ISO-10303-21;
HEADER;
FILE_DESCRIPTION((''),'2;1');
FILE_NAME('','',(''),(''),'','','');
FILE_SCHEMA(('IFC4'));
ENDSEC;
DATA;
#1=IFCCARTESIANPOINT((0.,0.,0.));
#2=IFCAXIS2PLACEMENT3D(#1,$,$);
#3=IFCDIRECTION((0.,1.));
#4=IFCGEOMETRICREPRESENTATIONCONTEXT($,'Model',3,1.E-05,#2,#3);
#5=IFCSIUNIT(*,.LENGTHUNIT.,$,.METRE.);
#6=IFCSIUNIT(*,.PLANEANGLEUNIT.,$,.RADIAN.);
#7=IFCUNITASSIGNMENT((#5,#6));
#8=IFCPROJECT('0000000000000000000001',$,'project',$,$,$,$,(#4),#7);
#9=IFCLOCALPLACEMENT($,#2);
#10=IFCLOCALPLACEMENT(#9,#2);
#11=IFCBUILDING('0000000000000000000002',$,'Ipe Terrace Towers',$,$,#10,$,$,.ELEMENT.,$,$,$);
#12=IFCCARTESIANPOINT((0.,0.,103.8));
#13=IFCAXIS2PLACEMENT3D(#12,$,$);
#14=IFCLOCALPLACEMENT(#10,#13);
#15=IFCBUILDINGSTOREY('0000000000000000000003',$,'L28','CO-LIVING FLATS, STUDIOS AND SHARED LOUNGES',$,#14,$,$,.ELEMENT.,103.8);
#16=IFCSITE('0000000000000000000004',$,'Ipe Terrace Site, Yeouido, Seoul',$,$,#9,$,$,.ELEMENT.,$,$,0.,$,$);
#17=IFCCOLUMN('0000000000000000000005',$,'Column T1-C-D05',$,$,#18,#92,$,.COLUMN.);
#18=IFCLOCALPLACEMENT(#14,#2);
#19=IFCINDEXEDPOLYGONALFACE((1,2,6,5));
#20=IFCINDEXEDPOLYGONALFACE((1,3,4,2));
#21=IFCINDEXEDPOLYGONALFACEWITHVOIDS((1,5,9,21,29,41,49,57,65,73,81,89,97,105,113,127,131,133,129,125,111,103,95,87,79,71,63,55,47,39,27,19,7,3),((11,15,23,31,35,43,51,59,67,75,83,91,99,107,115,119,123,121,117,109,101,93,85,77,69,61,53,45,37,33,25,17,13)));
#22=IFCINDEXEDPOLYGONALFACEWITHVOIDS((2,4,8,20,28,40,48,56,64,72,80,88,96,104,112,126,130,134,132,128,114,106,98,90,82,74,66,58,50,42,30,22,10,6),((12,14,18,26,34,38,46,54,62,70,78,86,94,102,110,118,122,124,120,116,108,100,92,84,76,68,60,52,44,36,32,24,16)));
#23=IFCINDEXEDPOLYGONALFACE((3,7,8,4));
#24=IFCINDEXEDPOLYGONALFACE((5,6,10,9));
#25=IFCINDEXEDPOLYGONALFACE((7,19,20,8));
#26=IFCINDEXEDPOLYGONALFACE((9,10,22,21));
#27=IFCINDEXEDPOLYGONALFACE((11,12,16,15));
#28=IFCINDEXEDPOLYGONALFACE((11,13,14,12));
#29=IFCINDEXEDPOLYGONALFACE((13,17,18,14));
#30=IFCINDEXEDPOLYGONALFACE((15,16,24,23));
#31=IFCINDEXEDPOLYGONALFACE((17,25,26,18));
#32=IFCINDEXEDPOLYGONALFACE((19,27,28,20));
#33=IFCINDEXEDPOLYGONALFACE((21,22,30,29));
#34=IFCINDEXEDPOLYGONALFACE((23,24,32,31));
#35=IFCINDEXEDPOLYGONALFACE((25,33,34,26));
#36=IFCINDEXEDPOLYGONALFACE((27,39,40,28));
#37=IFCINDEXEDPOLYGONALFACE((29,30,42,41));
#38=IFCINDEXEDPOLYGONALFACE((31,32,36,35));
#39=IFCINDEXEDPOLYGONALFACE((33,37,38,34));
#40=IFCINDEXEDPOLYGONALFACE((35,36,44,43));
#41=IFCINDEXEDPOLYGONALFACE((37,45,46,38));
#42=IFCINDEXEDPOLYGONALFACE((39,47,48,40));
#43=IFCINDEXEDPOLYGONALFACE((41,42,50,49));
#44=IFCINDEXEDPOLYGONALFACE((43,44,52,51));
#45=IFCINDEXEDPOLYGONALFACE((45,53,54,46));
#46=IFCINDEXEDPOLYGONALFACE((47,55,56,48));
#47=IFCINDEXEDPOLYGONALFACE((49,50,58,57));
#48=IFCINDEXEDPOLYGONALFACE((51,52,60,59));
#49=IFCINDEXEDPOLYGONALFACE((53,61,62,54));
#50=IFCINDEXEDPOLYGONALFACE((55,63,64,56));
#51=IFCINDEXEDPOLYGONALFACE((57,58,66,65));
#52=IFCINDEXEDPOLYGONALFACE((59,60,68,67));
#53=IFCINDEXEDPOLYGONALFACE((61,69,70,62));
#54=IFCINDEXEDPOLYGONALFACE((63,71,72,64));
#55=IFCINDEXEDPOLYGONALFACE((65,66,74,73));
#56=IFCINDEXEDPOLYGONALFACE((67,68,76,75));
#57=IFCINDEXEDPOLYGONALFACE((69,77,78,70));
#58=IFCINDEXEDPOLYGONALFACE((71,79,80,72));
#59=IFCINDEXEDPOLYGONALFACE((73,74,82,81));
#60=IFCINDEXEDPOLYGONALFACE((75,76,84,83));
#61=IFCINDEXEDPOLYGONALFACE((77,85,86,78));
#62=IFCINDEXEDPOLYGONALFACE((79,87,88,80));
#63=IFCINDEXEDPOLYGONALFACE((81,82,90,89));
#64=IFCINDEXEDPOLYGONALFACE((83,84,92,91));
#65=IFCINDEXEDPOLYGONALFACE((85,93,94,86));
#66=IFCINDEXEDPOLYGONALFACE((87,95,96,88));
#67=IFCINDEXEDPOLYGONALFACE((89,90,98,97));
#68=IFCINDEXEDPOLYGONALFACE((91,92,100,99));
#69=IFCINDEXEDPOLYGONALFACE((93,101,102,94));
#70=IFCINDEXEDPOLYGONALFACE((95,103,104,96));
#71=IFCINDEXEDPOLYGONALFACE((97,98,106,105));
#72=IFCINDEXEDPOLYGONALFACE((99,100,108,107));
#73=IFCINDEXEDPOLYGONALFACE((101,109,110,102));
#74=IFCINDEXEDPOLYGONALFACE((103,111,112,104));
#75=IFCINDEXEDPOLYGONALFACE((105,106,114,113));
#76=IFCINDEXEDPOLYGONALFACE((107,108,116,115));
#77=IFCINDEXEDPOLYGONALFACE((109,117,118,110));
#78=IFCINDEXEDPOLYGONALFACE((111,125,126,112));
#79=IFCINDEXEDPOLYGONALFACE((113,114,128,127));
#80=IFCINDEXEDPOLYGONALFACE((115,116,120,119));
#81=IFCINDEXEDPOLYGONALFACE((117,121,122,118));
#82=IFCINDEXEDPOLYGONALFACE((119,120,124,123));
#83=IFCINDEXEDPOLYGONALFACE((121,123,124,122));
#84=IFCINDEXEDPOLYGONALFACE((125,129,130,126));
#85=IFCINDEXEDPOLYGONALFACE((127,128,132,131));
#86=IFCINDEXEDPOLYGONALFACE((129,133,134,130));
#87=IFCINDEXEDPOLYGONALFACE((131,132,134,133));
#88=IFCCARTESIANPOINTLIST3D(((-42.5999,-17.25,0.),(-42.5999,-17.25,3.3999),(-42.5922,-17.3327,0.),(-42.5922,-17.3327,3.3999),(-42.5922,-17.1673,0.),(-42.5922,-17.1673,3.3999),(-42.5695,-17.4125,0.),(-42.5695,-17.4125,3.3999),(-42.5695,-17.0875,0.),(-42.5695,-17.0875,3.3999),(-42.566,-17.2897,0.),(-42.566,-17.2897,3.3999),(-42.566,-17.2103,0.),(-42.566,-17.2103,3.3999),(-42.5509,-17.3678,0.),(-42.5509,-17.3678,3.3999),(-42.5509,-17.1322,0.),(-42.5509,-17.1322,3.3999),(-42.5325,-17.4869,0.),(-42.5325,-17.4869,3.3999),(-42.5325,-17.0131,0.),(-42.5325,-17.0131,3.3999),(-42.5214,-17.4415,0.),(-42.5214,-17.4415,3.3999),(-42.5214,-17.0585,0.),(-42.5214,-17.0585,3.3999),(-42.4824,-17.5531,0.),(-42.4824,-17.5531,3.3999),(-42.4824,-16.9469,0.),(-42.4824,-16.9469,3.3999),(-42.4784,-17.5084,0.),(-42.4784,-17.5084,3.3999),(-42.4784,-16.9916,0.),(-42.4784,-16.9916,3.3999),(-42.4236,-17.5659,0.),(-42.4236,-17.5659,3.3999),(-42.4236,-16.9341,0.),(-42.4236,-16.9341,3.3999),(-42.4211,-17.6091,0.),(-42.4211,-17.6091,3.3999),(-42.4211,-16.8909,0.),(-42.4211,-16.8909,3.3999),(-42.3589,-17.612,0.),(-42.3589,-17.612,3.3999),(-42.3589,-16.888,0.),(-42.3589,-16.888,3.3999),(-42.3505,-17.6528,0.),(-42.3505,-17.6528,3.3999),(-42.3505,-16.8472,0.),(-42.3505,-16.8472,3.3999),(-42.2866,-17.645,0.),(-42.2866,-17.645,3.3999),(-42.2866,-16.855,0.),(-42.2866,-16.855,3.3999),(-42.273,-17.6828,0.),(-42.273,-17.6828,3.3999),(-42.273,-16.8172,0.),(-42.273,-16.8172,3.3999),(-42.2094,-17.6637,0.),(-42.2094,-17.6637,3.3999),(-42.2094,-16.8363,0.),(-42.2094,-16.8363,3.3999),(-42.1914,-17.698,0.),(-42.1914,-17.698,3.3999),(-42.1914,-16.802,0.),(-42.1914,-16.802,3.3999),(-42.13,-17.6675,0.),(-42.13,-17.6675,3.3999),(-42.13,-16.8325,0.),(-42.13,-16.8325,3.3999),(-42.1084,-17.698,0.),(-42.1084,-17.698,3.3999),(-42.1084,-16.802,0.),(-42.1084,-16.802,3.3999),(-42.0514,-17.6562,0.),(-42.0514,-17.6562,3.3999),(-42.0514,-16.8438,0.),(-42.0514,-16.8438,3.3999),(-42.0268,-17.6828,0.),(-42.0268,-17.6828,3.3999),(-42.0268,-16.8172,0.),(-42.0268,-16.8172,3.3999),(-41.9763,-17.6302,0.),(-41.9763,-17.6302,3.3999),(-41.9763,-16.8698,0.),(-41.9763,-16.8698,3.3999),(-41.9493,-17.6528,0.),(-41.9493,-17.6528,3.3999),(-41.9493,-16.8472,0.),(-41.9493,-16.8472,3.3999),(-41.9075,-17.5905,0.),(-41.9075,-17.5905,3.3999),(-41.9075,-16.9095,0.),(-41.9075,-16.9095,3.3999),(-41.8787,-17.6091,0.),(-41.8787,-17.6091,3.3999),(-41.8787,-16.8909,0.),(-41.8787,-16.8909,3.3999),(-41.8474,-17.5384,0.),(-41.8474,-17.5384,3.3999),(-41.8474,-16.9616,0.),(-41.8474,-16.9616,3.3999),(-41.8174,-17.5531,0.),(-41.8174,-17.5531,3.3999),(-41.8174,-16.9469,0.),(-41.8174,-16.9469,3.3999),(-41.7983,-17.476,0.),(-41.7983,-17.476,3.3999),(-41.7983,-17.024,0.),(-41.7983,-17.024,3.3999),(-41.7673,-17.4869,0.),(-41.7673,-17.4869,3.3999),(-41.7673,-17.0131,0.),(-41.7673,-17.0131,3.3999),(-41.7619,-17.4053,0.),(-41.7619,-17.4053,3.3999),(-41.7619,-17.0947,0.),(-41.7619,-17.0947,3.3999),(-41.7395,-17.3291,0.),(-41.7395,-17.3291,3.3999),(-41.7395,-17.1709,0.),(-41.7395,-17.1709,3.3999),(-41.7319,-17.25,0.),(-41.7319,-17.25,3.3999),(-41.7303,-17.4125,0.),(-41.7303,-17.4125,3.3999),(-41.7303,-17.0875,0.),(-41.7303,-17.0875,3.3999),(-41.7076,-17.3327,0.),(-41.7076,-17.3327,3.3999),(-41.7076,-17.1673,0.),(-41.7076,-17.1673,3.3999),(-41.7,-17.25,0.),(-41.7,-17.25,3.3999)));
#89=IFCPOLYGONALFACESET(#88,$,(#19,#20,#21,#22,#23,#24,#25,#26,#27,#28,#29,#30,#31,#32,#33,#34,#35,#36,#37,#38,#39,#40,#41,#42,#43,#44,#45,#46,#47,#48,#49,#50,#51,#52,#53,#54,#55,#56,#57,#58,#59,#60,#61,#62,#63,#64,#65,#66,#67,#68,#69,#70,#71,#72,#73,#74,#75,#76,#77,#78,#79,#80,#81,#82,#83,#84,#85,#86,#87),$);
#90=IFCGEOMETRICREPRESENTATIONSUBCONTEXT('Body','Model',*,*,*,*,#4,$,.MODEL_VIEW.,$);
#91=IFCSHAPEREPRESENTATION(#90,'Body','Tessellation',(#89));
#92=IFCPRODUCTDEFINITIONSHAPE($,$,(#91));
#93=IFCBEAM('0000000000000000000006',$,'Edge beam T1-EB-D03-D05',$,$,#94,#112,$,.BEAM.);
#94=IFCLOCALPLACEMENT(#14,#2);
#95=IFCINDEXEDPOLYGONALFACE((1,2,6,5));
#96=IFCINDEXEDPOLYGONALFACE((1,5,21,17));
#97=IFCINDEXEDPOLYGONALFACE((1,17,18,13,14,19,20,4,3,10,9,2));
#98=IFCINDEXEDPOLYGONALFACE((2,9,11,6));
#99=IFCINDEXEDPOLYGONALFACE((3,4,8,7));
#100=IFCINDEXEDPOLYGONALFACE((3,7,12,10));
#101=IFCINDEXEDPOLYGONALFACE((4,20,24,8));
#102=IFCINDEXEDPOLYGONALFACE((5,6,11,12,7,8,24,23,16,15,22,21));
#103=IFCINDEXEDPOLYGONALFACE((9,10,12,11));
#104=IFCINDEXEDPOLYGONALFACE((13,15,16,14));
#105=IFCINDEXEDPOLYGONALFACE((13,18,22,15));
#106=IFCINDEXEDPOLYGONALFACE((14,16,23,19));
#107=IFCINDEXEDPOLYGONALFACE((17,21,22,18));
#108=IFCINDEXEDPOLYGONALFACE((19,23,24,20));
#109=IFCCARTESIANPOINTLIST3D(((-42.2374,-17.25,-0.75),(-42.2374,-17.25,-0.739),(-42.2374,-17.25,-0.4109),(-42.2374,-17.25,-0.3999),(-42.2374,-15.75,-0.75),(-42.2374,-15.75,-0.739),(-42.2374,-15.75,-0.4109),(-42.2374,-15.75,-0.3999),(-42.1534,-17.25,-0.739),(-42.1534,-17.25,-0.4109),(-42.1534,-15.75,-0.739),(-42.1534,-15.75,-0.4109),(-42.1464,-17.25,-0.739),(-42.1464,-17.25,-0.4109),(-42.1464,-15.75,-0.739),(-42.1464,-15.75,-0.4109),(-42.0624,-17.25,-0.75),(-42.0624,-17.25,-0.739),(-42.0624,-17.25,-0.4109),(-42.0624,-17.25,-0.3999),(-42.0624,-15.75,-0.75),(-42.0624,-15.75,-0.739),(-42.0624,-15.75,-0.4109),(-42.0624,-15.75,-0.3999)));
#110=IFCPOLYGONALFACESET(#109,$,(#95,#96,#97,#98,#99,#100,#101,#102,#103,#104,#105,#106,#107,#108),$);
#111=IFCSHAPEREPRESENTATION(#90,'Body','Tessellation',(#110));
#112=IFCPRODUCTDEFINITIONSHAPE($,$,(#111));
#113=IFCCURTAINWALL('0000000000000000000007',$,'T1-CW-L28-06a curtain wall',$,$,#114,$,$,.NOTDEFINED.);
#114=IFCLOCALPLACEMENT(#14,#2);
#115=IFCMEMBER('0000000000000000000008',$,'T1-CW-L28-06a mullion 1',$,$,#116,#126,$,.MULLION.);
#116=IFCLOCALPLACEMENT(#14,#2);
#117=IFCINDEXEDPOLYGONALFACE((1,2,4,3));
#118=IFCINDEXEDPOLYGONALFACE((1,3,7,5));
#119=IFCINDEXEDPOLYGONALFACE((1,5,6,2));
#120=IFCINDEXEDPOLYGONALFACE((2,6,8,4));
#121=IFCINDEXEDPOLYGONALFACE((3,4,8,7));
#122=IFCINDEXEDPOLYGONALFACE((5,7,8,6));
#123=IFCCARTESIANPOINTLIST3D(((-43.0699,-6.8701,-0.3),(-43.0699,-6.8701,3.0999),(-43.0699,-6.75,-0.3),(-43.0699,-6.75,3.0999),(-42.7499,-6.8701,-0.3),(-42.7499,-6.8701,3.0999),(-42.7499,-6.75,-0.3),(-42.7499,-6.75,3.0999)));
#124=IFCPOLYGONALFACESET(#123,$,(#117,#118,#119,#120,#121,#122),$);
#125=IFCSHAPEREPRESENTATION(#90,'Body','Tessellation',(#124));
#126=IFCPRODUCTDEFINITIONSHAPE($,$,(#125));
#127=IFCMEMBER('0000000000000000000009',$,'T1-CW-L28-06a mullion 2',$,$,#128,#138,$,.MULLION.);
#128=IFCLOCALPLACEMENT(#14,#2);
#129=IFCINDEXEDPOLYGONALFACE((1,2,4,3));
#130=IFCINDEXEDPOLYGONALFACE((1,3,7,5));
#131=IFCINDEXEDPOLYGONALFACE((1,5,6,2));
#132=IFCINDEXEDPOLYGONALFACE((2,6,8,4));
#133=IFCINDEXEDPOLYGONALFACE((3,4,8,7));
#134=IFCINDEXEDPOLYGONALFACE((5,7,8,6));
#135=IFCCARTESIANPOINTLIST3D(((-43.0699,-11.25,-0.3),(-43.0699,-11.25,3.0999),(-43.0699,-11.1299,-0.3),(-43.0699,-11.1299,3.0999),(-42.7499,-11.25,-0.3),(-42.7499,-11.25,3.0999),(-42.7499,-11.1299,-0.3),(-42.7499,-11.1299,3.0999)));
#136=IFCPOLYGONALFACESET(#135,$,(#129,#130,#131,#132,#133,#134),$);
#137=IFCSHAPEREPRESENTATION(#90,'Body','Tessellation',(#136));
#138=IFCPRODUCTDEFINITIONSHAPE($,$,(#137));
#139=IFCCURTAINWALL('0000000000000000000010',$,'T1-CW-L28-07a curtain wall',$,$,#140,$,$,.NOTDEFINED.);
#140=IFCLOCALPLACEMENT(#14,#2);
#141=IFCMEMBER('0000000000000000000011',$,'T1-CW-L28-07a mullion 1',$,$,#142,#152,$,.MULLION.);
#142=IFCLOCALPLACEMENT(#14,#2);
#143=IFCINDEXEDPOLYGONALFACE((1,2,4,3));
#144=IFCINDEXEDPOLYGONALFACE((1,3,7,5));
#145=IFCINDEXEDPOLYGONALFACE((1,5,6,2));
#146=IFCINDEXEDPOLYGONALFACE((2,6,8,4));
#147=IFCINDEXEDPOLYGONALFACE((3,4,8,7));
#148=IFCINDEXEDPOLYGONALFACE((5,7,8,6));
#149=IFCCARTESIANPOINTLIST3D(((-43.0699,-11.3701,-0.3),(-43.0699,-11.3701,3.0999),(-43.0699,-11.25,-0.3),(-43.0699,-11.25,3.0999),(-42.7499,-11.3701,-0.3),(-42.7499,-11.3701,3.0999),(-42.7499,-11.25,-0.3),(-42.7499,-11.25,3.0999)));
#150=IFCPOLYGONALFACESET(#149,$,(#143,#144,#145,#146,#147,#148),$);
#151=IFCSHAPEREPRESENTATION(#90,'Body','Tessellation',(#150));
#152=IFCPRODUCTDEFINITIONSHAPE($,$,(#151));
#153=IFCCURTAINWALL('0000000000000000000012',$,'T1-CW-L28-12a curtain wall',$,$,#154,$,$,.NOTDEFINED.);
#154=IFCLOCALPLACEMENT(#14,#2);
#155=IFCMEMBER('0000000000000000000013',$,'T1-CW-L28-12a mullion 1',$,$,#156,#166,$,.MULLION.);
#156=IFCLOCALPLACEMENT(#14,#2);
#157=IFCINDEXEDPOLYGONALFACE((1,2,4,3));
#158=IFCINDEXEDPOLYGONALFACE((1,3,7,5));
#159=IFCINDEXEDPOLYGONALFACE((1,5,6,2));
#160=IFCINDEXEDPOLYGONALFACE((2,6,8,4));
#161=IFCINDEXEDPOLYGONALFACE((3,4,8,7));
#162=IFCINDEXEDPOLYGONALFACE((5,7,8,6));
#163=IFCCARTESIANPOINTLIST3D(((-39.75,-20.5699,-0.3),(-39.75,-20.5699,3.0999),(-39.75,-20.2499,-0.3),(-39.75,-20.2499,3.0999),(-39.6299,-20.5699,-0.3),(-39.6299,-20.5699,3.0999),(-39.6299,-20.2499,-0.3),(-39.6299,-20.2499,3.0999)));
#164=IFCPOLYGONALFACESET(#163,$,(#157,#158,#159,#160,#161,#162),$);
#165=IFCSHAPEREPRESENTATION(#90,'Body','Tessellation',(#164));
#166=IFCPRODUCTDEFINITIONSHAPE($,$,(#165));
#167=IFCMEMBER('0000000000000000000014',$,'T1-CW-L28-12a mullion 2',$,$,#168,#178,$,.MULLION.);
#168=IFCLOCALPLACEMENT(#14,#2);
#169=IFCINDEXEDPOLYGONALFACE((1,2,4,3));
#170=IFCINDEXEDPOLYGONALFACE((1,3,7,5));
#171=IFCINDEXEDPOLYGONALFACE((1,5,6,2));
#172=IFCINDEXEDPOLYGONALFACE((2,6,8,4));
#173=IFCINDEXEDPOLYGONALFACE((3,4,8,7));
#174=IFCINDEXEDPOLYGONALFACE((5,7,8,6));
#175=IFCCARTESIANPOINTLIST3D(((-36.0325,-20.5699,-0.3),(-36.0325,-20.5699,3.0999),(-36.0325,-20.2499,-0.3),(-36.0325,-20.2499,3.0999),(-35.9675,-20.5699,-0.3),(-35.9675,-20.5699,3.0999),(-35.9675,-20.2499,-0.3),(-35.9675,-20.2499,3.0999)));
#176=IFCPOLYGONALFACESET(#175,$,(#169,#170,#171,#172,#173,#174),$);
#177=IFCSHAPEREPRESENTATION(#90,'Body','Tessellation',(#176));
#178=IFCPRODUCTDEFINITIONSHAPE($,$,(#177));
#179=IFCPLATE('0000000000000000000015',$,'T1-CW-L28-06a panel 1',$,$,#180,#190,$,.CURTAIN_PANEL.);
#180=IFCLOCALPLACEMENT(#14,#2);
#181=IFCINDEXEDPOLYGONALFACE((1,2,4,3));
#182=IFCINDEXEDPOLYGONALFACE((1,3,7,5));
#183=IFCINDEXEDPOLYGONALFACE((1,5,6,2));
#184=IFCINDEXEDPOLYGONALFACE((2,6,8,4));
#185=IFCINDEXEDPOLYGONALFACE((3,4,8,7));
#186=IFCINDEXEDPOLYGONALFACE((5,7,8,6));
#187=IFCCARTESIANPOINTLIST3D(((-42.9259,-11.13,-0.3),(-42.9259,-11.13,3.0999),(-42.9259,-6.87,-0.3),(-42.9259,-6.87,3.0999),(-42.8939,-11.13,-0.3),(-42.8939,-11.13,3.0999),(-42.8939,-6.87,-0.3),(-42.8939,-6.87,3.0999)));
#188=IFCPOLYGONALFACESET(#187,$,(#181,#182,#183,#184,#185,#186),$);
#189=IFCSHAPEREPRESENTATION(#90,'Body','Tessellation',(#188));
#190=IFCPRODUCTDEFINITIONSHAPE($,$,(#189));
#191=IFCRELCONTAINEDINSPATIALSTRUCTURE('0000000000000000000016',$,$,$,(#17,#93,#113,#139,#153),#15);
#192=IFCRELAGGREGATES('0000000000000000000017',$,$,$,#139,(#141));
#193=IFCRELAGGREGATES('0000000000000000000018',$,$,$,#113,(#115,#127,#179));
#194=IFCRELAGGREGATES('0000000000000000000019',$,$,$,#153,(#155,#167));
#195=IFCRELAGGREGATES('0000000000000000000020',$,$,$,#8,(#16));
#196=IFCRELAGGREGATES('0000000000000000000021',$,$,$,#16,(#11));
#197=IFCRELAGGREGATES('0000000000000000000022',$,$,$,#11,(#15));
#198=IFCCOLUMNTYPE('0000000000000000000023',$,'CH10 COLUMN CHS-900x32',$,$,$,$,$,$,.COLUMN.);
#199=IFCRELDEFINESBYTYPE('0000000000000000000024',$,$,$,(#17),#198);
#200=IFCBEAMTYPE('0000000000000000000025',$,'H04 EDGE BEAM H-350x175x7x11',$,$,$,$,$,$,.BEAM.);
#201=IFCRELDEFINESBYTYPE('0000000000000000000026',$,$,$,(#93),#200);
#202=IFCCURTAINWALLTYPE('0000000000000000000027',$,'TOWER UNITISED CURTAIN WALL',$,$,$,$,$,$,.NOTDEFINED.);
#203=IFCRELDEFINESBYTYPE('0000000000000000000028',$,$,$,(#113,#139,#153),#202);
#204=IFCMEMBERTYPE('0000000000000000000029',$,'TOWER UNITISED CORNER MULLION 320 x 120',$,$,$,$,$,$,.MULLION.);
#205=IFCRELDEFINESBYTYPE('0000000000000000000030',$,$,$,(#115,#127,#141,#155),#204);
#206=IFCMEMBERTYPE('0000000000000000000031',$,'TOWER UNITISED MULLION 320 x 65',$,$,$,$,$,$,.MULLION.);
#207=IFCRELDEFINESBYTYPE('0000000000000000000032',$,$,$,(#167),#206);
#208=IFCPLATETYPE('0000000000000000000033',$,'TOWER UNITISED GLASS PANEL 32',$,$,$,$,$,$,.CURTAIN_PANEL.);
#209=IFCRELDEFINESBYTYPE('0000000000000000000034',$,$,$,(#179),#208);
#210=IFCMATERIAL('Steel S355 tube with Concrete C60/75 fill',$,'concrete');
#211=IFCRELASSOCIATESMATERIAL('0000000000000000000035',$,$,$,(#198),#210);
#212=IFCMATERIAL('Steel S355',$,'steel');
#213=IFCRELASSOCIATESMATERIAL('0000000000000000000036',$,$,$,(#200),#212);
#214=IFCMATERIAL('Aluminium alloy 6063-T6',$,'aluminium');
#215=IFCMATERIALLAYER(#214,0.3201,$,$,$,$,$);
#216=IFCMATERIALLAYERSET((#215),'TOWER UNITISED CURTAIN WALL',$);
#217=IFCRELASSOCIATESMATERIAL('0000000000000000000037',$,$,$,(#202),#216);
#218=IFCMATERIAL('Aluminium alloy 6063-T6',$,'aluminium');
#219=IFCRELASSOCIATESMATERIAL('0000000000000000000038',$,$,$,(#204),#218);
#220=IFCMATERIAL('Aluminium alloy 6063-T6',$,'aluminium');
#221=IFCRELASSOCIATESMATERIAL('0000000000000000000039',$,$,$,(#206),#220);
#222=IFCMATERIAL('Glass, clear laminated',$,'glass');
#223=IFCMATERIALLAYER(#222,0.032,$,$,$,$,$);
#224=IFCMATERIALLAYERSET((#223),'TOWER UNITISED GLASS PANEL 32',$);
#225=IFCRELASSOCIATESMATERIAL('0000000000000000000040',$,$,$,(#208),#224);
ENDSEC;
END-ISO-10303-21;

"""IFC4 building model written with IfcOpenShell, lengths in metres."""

from ifc_helpers import new_model, si_unit, direction, frame, origin, origin_2d, place, context, subcontext, project, spatial, rectangle, hollow_circle, i_section, extrude, material, layer, layer_set, material_profile, profile_set, type_object, element, aggregate, save


model = new_model("IFC4")

# Units and contexts
model_context = context("Model", 3, precision=1e-05, world=origin(), true_north=direction((0.0, 1.0)))
body_context = subcontext(model_context, "Body", "Model", "MODEL_VIEW")
ifc_project = project(units=[si_unit("LENGTHUNIT", "METRE"), si_unit("PLANEANGLEUNIT", "RADIAN")], contexts=[model_context])

# Site, building, storey
site_placement = place(None, origin())
site = spatial("IfcSite", under=ifc_project, at=site_placement, Name="Ipe Terrace Site, Yeouido, Seoul", CompositionType="ELEMENT", RefElevation=0.0)
building_placement = place(site_placement, origin())
building = spatial("IfcBuilding", under=site, at=building_placement, Name="Ipe Terrace Towers", CompositionType="ELEMENT")
storey_placement = place(building_placement, frame((0.0, 0.0, 103.8)))
storey = spatial("IfcBuildingStorey", under=building, at=storey_placement, Name="L28", Description="CO-LIVING FLATS, STUDIOS AND SHARED LOUNGES", CompositionType="ELEMENT", Elevation=103.8)

# Column
ifc_material_1 = material(Name="Steel S355 tube with Concrete C60/75 fill", Category="concrete")
ifc_material_profile_1 = material_profile(ifc_material_1, hollow_circle(Radius=0.45, WallThickness=0.032, at=origin_2d()), Name="CHS-900x32")
ifc_profile_set_1 = profile_set([ifc_material_profile_1], Name="Steel S355 tube with Concrete C60/75 fill")
column_type_1 = type_object("IfcColumnType", Name="CH10 COLUMN CHS-900x32", PredefinedType="COLUMN", material=ifc_profile_set_1)
for number, where, z_axis, x_axis, name in (
    (1, (-42.1499, -17.25, 0.0), (0.0, 0.0, 1.0), (1.0, 0.0, 0.0), "Column T1-C-D05"),
):
    element("IfcColumn", number, at=place(storey_placement, frame(where, z_axis=z_axis, x_axis=x_axis)), inside=storey, type_object=column_type_1, Name=name, PredefinedType="COLUMN", context=body_context, shape_type="SweptSolid", body=[
        extrude(hollow_circle(Radius=0.45, WallThickness=0.032, at=origin_2d()), origin(), (0.0, 0.0, 1.0), 3.3999),
    ])

# Beam
ifc_material_2 = material(Name="Steel S355", Category="steel")
ifc_material_profile_2 = material_profile(ifc_material_2, i_section(OverallWidth=0.175, OverallDepth=0.3501, WebThickness=0.0071, FlangeThickness=0.011, at=origin_2d()), Name="H-350x175x7x11")
ifc_profile_set_2 = profile_set([ifc_material_profile_2], Name="Steel S355")
beam_type = type_object("IfcBeamType", Name="H04 EDGE BEAM H-350x175x7x11", PredefinedType="BEAM", material=ifc_profile_set_2)
beam_placement = place(storey_placement, frame((-42.1499, -15.75, -0.575), z_axis=(0.0, -1.0, 0.0), x_axis=(1.0, 0.0, 0.0)))
element("IfcBeam", 2, at=beam_placement, inside=storey, type_object=beam_type, Name="Edge beam T1-EB-D03-D05", PredefinedType="BEAM", context=body_context, shape_type="SweptSolid", body=[
    extrude(i_section(OverallWidth=0.175, OverallDepth=0.3501, WebThickness=0.0071, FlangeThickness=0.011, at=origin_2d()), origin(), (0.0, 0.0, 1.0), 1.5),
])

# Curtain wall, members
ifc_material_3 = material(Name="Aluminium alloy 6063-T6", Category="aluminium")
ifc_layer_1 = layer(ifc_material_3, 0.3201)
ifc_layer_set_1 = layer_set([ifc_layer_1], Name="TOWER UNITISED CURTAIN WALL")
curtain_wall_type = type_object("IfcCurtainWallType", Name="TOWER UNITISED CURTAIN WALL", PredefinedType="NOTDEFINED", material=ifc_layer_set_1)
curtain_wall_1_placement = place(storey_placement, origin())
curtain_wall_1 = element("IfcCurtainWall", 3, at=curtain_wall_1_placement, inside=storey, type_object=curtain_wall_type, Name="T1-CW-L28-06a curtain wall", PredefinedType="NOTDEFINED")
ifc_material_4 = material(Name="Aluminium alloy 6063-T6", Category="aluminium")
ifc_material_profile_3 = material_profile(ifc_material_4, rectangle(XDim=0.3201, YDim=0.1201, at=origin_2d()), Name="TOWER UNITISED CORNER MULLION 320 x 120")
ifc_profile_set_3 = profile_set([ifc_material_profile_3], Name="Aluminium alloy 6063-T6")
member_type_1 = type_object("IfcMemberType", Name="TOWER UNITISED CORNER MULLION 320 x 120", PredefinedType="MULLION", material=ifc_profile_set_3)
member_1_placement = place(storey_placement, frame((-42.9099, -6.8101, -0.3), z_axis=(0.0, 0.0, 1.0), x_axis=(-1.0, 0.0, 0.0)))
member_1 = element("IfcMember", 4, at=member_1_placement, type_object=member_type_1, Name="T1-CW-L28-06a mullion 1", PredefinedType="MULLION", context=body_context, shape_type="SweptSolid", body=[
    extrude(rectangle(XDim=0.3201, YDim=0.1201, at=origin_2d()), origin(), (0.0, 0.0, 1.0), 3.3999),
])
member_2_placement = place(storey_placement, frame((-42.9099, -11.1899, -0.3), z_axis=(0.0, 0.0, 1.0), x_axis=(-1.0, 0.0, 0.0)))
member_2 = element("IfcMember", 5, at=member_2_placement, type_object=member_type_1, Name="T1-CW-L28-06a mullion 2", PredefinedType="MULLION", context=body_context, shape_type="SweptSolid", body=[
    extrude(rectangle(XDim=0.3201, YDim=0.1201, at=origin_2d()), origin(), (0.0, 0.0, 1.0), 3.3999),
])

# Curtain wall, member
curtain_wall_2_placement = place(storey_placement, origin())
curtain_wall_2 = element("IfcCurtainWall", 6, at=curtain_wall_2_placement, inside=storey, type_object=curtain_wall_type, Name="T1-CW-L28-07a curtain wall", PredefinedType="NOTDEFINED")
member_3_placement = place(storey_placement, frame((-42.9099, -11.3101, -0.3), z_axis=(0.0, 0.0, 1.0), x_axis=(-1.0, 0.0, 0.0)))
member_3 = element("IfcMember", 7, at=member_3_placement, type_object=member_type_1, Name="T1-CW-L28-07a mullion 1", PredefinedType="MULLION", context=body_context, shape_type="SweptSolid", body=[
    extrude(rectangle(XDim=0.3201, YDim=0.1201, at=origin_2d()), origin(), (0.0, 0.0, 1.0), 3.3999),
])
aggregate(curtain_wall_2, [member_3])

# Curtain wall, members
curtain_wall_3_placement = place(storey_placement, origin())
curtain_wall_3 = element("IfcCurtainWall", 8, at=curtain_wall_3_placement, inside=storey, type_object=curtain_wall_type, Name="T1-CW-L28-12a curtain wall", PredefinedType="NOTDEFINED")
member_4_placement = place(storey_placement, frame((-39.6899, -20.4099, -0.3), z_axis=(0.0, 0.0, 1.0), x_axis=(0.0, -1.0, 0.0)))
member_4 = element("IfcMember", 9, at=member_4_placement, type_object=member_type_1, Name="T1-CW-L28-12a mullion 1", PredefinedType="MULLION", context=body_context, shape_type="SweptSolid", body=[
    extrude(rectangle(XDim=0.3201, YDim=0.1201, at=origin_2d()), origin(), (0.0, 0.0, 1.0), 3.3999),
])
ifc_material_5 = material(Name="Aluminium alloy 6063-T6", Category="aluminium")
ifc_material_profile_4 = material_profile(ifc_material_5, rectangle(XDim=0.3201, YDim=0.0649, at=origin_2d()), Name="TOWER UNITISED MULLION 320 x 65")
ifc_profile_set_4 = profile_set([ifc_material_profile_4], Name="Aluminium alloy 6063-T6")
member_type_2 = type_object("IfcMemberType", Name="TOWER UNITISED MULLION 320 x 65", PredefinedType="MULLION", material=ifc_profile_set_4)
member_5_placement = place(storey_placement, frame((-36.0, -20.4099, -0.3), z_axis=(0.0, 0.0, 1.0), x_axis=(0.0, -1.0, 0.0)))
member_5 = element("IfcMember", 10, at=member_5_placement, type_object=member_type_2, Name="T1-CW-L28-12a mullion 2", PredefinedType="MULLION", context=body_context, shape_type="SweptSolid", body=[
    extrude(rectangle(XDim=0.3201, YDim=0.0649, at=origin_2d()), origin(), (0.0, 0.0, 1.0), 3.3999),
])

# Plate
ifc_material_6 = material(Name="Glass, clear laminated", Category="glass")
ifc_layer_2 = layer(ifc_material_6, 0.032)
ifc_layer_set_2 = layer_set([ifc_layer_2], Name="TOWER UNITISED GLASS PANEL 32")
plate_type = type_object("IfcPlateType", Name="TOWER UNITISED GLASS PANEL 32", PredefinedType="CURTAIN_PANEL", material=ifc_layer_set_2)
plate_1_placement = place(storey_placement, frame((-42.9099, -9.0, -0.3), z_axis=(0.0, 0.0, 1.0), x_axis=(0.0, -1.0, 0.0)))
plate_1 = element("IfcPlate", 11, at=plate_1_placement, type_object=plate_type, Name="T1-CW-L28-06a panel 1", PredefinedType="CURTAIN_PANEL", context=body_context, shape_type="SweptSolid", body=[
    extrude(rectangle(XDim=4.26, YDim=0.032, at=origin_2d()), origin(), (0.0, 0.0, 1.0), 3.3999),
])
aggregate(curtain_wall_1, [member_1, member_2, plate_1])
aggregate(curtain_wall_3, [member_4, member_5])

save(model, "model.ifc")
